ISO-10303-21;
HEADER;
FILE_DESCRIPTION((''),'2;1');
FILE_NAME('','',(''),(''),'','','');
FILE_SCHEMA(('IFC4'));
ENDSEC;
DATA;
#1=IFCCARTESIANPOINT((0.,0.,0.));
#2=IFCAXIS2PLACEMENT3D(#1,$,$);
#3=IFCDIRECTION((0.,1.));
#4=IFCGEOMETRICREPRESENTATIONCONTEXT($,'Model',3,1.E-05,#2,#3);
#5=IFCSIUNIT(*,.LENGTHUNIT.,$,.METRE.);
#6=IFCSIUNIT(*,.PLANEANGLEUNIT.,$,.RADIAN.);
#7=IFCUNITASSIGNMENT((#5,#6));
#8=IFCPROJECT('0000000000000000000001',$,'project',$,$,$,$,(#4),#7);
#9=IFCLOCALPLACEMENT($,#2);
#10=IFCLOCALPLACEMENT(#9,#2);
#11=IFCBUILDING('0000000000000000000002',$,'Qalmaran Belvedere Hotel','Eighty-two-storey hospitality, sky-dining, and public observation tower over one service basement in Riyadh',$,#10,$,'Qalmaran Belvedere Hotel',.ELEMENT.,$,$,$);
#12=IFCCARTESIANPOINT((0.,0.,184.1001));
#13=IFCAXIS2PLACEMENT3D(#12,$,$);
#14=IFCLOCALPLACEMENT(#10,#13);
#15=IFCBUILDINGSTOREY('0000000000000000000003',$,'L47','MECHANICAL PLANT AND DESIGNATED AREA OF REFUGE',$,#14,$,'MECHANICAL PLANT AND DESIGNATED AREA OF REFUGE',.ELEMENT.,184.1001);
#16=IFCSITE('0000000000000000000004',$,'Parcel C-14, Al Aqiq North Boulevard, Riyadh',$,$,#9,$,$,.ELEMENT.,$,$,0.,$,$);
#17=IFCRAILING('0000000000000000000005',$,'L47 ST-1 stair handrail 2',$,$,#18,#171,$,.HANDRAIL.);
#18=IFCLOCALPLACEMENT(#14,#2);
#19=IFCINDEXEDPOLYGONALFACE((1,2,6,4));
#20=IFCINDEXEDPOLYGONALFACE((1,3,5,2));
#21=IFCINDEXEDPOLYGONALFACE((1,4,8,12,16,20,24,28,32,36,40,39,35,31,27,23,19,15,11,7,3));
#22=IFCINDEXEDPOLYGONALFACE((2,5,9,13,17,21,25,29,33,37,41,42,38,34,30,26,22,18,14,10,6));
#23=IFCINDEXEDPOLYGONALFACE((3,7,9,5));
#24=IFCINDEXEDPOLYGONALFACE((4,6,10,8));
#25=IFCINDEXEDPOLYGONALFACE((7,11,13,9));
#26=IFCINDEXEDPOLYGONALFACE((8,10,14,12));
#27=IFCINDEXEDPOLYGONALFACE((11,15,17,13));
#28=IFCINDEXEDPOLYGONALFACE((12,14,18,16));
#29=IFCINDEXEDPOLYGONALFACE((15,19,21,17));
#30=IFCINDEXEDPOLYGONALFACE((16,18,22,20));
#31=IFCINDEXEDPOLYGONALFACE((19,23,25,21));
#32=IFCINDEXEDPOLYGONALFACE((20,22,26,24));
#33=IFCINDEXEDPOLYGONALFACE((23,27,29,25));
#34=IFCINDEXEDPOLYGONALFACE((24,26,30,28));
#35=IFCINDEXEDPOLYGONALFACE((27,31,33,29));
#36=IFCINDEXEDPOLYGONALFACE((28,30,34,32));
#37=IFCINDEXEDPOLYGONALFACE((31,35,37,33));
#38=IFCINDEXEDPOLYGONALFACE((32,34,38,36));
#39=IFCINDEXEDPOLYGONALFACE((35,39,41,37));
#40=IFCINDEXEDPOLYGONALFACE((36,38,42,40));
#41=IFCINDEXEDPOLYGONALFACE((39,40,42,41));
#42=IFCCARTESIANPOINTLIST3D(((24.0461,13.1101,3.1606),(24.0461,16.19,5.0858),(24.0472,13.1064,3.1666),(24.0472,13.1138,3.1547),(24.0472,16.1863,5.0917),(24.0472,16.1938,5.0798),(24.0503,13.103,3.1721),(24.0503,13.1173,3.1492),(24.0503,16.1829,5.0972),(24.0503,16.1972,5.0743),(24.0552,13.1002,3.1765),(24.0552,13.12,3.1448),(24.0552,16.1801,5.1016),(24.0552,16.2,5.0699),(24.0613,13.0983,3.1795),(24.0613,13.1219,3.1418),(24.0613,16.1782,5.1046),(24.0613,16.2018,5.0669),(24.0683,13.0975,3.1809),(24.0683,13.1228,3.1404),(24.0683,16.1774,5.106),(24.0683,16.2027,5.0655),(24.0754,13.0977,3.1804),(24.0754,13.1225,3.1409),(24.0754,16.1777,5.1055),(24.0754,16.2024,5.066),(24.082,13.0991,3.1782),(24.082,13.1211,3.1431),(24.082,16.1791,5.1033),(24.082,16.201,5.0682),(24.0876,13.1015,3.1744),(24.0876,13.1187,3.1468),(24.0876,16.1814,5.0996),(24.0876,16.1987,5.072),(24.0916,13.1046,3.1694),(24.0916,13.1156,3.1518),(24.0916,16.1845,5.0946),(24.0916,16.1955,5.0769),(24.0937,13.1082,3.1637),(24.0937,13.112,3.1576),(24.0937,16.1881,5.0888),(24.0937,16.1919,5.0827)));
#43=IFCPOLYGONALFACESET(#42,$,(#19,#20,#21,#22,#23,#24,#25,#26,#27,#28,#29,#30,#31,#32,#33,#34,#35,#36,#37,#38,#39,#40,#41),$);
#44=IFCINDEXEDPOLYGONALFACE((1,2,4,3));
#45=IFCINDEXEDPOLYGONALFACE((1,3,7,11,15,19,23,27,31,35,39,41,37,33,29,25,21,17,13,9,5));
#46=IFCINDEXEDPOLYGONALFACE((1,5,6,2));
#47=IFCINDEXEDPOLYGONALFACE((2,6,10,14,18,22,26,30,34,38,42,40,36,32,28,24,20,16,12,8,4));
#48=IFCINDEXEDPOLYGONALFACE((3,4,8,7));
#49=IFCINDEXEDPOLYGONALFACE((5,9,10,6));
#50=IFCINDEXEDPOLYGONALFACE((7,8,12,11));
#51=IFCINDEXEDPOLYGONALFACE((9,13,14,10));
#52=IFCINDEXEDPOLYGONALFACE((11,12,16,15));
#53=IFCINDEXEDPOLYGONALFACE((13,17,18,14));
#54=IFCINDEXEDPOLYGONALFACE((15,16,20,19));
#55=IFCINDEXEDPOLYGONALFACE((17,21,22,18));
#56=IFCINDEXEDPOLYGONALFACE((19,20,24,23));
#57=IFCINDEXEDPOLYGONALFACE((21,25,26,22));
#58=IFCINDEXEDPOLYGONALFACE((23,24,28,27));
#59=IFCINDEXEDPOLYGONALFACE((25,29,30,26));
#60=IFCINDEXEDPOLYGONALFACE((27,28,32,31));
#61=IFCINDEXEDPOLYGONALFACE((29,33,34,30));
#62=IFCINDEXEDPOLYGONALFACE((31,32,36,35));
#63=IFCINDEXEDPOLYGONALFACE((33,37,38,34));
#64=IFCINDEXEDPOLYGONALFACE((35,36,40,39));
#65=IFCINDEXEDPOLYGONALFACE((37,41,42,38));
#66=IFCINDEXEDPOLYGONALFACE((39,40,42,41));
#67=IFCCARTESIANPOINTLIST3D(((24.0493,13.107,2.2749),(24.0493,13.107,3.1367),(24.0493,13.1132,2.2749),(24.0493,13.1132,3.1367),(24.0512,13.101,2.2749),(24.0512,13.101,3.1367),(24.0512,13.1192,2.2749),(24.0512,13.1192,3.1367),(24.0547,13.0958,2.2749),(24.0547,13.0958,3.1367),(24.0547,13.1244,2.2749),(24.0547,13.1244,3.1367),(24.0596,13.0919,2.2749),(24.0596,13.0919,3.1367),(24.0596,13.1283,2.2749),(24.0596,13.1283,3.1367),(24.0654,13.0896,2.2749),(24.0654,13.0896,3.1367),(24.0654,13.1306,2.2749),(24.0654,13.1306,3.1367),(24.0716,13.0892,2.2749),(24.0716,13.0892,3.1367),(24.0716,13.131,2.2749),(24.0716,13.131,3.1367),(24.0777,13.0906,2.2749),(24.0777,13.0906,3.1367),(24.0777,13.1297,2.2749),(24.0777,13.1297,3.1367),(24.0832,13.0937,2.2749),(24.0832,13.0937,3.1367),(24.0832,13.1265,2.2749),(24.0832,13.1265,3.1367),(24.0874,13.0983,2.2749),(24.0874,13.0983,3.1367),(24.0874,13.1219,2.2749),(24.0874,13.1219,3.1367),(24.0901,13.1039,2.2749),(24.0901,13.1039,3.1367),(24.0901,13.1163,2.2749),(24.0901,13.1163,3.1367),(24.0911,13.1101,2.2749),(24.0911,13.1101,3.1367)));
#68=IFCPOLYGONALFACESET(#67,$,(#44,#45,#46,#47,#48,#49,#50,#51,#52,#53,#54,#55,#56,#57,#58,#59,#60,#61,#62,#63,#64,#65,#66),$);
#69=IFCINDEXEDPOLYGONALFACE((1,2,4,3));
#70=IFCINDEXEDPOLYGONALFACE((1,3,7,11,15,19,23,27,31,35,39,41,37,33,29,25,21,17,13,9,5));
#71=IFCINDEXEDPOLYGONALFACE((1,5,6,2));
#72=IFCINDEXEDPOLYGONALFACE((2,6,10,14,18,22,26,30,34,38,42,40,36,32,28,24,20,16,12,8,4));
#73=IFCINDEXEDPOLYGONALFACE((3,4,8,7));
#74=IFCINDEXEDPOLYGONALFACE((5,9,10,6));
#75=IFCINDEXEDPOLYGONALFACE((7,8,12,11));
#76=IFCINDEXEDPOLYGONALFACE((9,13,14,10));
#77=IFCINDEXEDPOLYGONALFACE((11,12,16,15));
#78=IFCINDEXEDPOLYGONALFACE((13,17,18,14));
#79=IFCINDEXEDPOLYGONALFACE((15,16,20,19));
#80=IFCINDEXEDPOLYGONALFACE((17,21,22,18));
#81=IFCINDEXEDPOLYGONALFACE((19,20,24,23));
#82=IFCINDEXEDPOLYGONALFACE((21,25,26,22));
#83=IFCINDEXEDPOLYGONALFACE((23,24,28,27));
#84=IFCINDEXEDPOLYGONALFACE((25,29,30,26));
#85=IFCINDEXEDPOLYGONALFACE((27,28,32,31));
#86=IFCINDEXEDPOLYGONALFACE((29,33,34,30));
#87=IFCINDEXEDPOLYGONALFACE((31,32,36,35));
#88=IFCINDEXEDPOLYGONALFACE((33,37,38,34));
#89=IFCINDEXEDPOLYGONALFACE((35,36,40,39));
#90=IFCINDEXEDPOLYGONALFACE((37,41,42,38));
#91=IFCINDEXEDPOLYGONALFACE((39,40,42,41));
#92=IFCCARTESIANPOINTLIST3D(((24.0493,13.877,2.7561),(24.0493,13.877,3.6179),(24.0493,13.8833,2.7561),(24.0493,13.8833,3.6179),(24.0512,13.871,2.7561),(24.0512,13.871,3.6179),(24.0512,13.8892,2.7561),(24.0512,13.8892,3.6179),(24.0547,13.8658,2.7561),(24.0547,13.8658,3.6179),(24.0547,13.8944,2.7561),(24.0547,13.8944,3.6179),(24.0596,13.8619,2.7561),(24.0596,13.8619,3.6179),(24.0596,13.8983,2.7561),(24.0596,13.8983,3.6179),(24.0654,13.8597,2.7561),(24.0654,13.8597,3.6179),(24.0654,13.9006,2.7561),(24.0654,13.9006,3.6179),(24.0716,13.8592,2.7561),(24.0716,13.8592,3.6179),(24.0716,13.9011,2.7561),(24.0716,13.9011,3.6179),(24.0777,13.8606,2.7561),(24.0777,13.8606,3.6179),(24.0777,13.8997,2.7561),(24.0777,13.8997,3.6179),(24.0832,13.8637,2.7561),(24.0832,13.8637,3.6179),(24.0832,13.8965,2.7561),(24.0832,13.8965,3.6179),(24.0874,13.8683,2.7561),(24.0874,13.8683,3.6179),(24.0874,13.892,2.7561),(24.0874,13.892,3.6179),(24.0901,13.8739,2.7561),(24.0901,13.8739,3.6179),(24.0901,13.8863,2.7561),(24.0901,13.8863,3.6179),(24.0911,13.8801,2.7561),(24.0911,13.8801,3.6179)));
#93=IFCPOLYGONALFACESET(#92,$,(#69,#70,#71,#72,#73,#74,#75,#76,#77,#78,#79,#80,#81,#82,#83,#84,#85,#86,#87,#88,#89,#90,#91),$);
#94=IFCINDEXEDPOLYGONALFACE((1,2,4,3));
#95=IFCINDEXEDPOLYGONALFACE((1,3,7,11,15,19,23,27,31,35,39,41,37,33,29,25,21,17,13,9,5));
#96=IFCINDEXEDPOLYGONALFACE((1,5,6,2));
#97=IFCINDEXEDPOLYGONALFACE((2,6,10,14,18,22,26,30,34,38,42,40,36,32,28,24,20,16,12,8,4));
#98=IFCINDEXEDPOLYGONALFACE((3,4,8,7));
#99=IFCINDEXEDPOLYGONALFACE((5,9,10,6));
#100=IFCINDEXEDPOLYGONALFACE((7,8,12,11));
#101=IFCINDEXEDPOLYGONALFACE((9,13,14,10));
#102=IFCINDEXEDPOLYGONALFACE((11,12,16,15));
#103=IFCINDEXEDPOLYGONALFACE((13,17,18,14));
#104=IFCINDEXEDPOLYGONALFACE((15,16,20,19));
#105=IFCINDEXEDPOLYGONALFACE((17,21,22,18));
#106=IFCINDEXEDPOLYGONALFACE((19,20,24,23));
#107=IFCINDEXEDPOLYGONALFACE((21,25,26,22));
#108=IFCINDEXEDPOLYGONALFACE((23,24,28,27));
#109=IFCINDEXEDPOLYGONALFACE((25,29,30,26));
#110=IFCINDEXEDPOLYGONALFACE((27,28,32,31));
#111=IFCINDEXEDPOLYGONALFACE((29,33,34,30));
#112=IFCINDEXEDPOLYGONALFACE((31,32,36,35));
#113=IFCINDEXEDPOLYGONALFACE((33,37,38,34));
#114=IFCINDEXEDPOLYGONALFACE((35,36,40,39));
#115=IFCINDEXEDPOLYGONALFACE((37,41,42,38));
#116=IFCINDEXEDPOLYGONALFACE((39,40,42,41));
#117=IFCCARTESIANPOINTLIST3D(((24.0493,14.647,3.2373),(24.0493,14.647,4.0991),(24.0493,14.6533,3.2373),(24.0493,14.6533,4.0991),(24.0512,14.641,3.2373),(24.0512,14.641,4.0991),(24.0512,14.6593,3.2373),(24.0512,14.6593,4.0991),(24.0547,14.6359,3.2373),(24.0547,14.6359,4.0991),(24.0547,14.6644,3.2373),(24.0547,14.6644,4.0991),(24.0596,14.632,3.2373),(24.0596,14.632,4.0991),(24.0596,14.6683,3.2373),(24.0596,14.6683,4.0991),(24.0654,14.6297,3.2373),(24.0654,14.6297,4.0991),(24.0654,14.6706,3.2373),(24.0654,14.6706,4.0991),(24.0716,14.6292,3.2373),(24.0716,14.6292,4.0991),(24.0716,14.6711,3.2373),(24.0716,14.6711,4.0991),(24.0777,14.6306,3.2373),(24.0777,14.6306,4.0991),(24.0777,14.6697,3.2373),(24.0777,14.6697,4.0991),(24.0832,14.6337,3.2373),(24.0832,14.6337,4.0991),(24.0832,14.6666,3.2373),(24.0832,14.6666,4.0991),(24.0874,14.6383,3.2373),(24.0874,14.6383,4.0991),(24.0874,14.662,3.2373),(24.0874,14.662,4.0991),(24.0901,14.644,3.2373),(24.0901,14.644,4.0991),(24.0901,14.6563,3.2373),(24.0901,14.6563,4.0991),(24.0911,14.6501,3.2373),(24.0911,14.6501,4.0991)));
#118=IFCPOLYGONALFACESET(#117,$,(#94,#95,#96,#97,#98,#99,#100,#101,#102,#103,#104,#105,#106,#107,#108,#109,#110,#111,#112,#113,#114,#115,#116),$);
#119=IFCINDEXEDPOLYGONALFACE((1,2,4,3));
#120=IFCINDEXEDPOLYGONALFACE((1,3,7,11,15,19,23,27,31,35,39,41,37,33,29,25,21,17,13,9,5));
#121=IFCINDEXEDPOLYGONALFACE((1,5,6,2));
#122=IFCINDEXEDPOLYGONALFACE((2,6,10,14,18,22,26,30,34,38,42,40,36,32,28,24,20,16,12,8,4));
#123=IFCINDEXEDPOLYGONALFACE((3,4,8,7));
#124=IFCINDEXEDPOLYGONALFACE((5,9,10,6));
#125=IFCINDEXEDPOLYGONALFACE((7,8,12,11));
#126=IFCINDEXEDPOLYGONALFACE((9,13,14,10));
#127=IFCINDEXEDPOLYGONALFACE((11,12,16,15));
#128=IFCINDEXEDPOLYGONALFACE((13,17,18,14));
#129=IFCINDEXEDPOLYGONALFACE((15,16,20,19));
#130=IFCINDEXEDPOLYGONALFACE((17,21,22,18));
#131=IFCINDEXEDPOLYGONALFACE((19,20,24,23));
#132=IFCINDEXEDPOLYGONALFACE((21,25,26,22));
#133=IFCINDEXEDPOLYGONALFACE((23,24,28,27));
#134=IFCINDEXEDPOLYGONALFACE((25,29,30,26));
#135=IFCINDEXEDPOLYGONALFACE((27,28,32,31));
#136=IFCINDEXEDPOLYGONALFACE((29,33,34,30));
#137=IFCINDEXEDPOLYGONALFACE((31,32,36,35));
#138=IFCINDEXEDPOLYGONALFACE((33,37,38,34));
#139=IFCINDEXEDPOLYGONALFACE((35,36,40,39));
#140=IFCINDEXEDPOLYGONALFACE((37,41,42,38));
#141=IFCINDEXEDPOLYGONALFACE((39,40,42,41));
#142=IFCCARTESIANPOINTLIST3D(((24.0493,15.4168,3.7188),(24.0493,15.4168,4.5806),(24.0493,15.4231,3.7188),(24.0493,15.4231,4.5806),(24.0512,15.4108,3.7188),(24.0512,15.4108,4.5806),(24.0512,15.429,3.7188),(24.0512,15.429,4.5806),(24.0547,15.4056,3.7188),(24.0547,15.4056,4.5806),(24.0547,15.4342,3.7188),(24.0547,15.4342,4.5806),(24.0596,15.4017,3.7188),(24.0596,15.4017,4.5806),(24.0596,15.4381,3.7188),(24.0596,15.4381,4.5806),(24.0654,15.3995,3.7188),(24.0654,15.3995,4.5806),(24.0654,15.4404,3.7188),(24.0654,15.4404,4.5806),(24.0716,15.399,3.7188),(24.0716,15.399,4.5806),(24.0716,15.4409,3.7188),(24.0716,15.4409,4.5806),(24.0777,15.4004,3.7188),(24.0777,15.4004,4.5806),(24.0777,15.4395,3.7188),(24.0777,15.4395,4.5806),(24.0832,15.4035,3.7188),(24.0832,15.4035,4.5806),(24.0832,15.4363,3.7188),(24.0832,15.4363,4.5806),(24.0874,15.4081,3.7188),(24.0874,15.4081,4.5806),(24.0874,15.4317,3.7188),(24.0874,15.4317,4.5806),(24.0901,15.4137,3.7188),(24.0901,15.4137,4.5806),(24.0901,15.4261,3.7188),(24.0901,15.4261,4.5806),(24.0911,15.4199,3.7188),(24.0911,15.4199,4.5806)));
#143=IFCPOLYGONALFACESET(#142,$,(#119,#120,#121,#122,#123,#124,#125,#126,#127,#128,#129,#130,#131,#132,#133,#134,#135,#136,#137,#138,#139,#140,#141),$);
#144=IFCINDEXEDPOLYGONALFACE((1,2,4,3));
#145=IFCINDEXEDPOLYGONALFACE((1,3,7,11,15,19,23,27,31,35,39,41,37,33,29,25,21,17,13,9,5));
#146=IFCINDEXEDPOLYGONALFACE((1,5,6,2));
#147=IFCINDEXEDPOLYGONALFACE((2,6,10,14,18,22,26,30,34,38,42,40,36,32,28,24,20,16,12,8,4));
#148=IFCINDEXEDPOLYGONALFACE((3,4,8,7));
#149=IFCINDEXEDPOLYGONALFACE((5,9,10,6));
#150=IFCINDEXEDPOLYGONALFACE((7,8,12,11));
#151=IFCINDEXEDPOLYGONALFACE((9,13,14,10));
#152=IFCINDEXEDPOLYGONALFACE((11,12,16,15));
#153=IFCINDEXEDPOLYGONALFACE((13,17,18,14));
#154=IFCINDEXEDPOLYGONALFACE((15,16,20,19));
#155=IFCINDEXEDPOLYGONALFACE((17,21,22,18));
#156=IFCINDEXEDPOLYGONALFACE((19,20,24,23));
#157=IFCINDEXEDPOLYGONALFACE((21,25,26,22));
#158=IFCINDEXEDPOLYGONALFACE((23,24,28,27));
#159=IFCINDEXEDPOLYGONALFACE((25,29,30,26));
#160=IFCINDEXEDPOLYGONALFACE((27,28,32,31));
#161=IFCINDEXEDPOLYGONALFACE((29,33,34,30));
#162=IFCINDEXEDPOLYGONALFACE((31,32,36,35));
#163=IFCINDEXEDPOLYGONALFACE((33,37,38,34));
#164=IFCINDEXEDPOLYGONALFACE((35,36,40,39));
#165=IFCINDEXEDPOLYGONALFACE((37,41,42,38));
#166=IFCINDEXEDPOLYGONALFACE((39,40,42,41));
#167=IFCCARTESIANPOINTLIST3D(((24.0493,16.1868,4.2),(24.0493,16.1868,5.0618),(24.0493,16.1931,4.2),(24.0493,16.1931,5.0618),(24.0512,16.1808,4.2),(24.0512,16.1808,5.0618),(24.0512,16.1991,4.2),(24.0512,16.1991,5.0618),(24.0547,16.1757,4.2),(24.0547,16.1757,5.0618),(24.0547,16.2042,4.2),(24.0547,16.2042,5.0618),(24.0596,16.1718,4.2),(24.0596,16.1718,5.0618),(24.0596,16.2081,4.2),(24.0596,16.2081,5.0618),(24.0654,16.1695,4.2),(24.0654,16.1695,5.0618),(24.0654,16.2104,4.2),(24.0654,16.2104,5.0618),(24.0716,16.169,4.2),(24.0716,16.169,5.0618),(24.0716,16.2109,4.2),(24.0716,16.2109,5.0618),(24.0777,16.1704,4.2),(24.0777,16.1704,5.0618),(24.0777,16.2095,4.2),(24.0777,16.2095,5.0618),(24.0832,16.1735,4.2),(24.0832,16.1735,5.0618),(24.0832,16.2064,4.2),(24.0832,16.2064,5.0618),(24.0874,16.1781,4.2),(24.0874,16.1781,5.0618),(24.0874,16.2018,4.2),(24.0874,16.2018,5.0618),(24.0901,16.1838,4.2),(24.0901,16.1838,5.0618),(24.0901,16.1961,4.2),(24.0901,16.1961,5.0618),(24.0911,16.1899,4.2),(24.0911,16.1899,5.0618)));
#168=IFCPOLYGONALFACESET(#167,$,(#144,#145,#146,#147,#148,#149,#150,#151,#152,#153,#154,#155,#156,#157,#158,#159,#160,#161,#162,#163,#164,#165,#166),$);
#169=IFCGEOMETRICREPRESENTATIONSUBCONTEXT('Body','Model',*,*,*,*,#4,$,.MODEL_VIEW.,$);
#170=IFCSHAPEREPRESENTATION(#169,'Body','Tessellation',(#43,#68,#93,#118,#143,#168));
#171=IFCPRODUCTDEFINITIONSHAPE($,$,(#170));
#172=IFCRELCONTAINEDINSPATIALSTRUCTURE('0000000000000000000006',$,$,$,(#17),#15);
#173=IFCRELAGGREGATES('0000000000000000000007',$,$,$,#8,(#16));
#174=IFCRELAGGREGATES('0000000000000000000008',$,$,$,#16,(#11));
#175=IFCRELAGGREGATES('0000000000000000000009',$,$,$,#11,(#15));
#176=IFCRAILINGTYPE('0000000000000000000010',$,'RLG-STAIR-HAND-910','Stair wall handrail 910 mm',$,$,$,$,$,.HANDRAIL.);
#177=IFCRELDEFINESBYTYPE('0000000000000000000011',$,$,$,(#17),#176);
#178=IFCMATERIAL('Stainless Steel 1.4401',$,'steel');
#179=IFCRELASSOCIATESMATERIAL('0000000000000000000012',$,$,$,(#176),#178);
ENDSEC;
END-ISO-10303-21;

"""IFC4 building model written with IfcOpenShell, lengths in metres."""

from ifc_helpers import new_model, si_unit, direction, frame, origin, origin_2d, place, context, subcontext, project, spatial, circle, extrude, material, type_object, element, save


model = new_model("IFC4")

# Units and contexts
model_context = context("Model", 3, precision=1e-05, world=origin(), true_north=direction((0.0, 1.0)))
body_context = subcontext(model_context, "Body", "Model", "MODEL_VIEW")
ifc_project = project(units=[si_unit("LENGTHUNIT", "METRE"), si_unit("PLANEANGLEUNIT", "RADIAN")], contexts=[model_context])

# Site, building, storey
site_placement = place(None, origin())
site = spatial("IfcSite", under=ifc_project, at=site_placement, Name="Parcel C-14, Al Aqiq North Boulevard, Riyadh", CompositionType="ELEMENT", RefElevation=0.0)
building_placement = place(site_placement, origin())
building = spatial("IfcBuilding", under=site, at=building_placement, Name="Qalmaran Belvedere Hotel", Description="Eighty-two-storey hospitality, sky-dining, and public observation tower over one service basement in Riyadh", LongName="Qalmaran Belvedere Hotel", CompositionType="ELEMENT")
storey_placement = place(building_placement, frame((0.0, 0.0, 184.1001)))
storey = spatial("IfcBuildingStorey", under=building, at=storey_placement, Name="L47", Description="MECHANICAL PLANT AND DESIGNATED AREA OF REFUGE", LongName="MECHANICAL PLANT AND DESIGNATED AREA OF REFUGE", CompositionType="ELEMENT", Elevation=184.1001)

# Shared definitions
ifc_material_1 = material(Name="Stainless Steel 1.4401", Category="steel")

# Railing
railing_type_1 = type_object("IfcRailingType", Name="RLG-STAIR-HAND-910", Description="Stair wall handrail 910 mm", PredefinedType="HANDRAIL", material=ifc_material_1)
railing_1_placement = place(storey_placement, frame((24.0701, 13.1101, 2.2749)))
element("IfcRailing", 1, at=railing_1_placement, inside=storey, type_object=railing_type_1, Name="L47 ST-1 stair handrail 2", PredefinedType="HANDRAIL", context=body_context, shape_type="SweptSolid", body=[
    extrude(circle(Radius=0.0239, at=origin_2d()), frame((0.0, 0.0, 0.8857), z_axis=(0.0, 0.847979, 0.530029), x_axis=(-1.0, 0.0, 0.0)), (0.0, 0.0, 1.0), 3.6321),
    extrude(circle(Radius=0.021, at=origin_2d()), origin(), (0.0, 0.0, 1.0), 0.8618),
    extrude(circle(Radius=0.021, at=origin_2d()), frame((0.0, 0.77, 0.4812)), (0.0, 0.0, 1.0), 0.8618),
    extrude(circle(Radius=0.021, at=origin_2d()), frame((0.0, 1.54, 0.9624)), (0.0, 0.0, 1.0), 0.8618),
    extrude(circle(Radius=0.021, at=origin_2d()), frame((0.0, 2.3098, 1.4438)), (0.0, 0.0, 1.0), 0.8618),
    extrude(circle(Radius=0.021, at=origin_2d()), frame((0.0, 3.0798, 1.925)), (0.0, 0.0, 1.0), 0.8618),
])

save(model, "model.ifc")
